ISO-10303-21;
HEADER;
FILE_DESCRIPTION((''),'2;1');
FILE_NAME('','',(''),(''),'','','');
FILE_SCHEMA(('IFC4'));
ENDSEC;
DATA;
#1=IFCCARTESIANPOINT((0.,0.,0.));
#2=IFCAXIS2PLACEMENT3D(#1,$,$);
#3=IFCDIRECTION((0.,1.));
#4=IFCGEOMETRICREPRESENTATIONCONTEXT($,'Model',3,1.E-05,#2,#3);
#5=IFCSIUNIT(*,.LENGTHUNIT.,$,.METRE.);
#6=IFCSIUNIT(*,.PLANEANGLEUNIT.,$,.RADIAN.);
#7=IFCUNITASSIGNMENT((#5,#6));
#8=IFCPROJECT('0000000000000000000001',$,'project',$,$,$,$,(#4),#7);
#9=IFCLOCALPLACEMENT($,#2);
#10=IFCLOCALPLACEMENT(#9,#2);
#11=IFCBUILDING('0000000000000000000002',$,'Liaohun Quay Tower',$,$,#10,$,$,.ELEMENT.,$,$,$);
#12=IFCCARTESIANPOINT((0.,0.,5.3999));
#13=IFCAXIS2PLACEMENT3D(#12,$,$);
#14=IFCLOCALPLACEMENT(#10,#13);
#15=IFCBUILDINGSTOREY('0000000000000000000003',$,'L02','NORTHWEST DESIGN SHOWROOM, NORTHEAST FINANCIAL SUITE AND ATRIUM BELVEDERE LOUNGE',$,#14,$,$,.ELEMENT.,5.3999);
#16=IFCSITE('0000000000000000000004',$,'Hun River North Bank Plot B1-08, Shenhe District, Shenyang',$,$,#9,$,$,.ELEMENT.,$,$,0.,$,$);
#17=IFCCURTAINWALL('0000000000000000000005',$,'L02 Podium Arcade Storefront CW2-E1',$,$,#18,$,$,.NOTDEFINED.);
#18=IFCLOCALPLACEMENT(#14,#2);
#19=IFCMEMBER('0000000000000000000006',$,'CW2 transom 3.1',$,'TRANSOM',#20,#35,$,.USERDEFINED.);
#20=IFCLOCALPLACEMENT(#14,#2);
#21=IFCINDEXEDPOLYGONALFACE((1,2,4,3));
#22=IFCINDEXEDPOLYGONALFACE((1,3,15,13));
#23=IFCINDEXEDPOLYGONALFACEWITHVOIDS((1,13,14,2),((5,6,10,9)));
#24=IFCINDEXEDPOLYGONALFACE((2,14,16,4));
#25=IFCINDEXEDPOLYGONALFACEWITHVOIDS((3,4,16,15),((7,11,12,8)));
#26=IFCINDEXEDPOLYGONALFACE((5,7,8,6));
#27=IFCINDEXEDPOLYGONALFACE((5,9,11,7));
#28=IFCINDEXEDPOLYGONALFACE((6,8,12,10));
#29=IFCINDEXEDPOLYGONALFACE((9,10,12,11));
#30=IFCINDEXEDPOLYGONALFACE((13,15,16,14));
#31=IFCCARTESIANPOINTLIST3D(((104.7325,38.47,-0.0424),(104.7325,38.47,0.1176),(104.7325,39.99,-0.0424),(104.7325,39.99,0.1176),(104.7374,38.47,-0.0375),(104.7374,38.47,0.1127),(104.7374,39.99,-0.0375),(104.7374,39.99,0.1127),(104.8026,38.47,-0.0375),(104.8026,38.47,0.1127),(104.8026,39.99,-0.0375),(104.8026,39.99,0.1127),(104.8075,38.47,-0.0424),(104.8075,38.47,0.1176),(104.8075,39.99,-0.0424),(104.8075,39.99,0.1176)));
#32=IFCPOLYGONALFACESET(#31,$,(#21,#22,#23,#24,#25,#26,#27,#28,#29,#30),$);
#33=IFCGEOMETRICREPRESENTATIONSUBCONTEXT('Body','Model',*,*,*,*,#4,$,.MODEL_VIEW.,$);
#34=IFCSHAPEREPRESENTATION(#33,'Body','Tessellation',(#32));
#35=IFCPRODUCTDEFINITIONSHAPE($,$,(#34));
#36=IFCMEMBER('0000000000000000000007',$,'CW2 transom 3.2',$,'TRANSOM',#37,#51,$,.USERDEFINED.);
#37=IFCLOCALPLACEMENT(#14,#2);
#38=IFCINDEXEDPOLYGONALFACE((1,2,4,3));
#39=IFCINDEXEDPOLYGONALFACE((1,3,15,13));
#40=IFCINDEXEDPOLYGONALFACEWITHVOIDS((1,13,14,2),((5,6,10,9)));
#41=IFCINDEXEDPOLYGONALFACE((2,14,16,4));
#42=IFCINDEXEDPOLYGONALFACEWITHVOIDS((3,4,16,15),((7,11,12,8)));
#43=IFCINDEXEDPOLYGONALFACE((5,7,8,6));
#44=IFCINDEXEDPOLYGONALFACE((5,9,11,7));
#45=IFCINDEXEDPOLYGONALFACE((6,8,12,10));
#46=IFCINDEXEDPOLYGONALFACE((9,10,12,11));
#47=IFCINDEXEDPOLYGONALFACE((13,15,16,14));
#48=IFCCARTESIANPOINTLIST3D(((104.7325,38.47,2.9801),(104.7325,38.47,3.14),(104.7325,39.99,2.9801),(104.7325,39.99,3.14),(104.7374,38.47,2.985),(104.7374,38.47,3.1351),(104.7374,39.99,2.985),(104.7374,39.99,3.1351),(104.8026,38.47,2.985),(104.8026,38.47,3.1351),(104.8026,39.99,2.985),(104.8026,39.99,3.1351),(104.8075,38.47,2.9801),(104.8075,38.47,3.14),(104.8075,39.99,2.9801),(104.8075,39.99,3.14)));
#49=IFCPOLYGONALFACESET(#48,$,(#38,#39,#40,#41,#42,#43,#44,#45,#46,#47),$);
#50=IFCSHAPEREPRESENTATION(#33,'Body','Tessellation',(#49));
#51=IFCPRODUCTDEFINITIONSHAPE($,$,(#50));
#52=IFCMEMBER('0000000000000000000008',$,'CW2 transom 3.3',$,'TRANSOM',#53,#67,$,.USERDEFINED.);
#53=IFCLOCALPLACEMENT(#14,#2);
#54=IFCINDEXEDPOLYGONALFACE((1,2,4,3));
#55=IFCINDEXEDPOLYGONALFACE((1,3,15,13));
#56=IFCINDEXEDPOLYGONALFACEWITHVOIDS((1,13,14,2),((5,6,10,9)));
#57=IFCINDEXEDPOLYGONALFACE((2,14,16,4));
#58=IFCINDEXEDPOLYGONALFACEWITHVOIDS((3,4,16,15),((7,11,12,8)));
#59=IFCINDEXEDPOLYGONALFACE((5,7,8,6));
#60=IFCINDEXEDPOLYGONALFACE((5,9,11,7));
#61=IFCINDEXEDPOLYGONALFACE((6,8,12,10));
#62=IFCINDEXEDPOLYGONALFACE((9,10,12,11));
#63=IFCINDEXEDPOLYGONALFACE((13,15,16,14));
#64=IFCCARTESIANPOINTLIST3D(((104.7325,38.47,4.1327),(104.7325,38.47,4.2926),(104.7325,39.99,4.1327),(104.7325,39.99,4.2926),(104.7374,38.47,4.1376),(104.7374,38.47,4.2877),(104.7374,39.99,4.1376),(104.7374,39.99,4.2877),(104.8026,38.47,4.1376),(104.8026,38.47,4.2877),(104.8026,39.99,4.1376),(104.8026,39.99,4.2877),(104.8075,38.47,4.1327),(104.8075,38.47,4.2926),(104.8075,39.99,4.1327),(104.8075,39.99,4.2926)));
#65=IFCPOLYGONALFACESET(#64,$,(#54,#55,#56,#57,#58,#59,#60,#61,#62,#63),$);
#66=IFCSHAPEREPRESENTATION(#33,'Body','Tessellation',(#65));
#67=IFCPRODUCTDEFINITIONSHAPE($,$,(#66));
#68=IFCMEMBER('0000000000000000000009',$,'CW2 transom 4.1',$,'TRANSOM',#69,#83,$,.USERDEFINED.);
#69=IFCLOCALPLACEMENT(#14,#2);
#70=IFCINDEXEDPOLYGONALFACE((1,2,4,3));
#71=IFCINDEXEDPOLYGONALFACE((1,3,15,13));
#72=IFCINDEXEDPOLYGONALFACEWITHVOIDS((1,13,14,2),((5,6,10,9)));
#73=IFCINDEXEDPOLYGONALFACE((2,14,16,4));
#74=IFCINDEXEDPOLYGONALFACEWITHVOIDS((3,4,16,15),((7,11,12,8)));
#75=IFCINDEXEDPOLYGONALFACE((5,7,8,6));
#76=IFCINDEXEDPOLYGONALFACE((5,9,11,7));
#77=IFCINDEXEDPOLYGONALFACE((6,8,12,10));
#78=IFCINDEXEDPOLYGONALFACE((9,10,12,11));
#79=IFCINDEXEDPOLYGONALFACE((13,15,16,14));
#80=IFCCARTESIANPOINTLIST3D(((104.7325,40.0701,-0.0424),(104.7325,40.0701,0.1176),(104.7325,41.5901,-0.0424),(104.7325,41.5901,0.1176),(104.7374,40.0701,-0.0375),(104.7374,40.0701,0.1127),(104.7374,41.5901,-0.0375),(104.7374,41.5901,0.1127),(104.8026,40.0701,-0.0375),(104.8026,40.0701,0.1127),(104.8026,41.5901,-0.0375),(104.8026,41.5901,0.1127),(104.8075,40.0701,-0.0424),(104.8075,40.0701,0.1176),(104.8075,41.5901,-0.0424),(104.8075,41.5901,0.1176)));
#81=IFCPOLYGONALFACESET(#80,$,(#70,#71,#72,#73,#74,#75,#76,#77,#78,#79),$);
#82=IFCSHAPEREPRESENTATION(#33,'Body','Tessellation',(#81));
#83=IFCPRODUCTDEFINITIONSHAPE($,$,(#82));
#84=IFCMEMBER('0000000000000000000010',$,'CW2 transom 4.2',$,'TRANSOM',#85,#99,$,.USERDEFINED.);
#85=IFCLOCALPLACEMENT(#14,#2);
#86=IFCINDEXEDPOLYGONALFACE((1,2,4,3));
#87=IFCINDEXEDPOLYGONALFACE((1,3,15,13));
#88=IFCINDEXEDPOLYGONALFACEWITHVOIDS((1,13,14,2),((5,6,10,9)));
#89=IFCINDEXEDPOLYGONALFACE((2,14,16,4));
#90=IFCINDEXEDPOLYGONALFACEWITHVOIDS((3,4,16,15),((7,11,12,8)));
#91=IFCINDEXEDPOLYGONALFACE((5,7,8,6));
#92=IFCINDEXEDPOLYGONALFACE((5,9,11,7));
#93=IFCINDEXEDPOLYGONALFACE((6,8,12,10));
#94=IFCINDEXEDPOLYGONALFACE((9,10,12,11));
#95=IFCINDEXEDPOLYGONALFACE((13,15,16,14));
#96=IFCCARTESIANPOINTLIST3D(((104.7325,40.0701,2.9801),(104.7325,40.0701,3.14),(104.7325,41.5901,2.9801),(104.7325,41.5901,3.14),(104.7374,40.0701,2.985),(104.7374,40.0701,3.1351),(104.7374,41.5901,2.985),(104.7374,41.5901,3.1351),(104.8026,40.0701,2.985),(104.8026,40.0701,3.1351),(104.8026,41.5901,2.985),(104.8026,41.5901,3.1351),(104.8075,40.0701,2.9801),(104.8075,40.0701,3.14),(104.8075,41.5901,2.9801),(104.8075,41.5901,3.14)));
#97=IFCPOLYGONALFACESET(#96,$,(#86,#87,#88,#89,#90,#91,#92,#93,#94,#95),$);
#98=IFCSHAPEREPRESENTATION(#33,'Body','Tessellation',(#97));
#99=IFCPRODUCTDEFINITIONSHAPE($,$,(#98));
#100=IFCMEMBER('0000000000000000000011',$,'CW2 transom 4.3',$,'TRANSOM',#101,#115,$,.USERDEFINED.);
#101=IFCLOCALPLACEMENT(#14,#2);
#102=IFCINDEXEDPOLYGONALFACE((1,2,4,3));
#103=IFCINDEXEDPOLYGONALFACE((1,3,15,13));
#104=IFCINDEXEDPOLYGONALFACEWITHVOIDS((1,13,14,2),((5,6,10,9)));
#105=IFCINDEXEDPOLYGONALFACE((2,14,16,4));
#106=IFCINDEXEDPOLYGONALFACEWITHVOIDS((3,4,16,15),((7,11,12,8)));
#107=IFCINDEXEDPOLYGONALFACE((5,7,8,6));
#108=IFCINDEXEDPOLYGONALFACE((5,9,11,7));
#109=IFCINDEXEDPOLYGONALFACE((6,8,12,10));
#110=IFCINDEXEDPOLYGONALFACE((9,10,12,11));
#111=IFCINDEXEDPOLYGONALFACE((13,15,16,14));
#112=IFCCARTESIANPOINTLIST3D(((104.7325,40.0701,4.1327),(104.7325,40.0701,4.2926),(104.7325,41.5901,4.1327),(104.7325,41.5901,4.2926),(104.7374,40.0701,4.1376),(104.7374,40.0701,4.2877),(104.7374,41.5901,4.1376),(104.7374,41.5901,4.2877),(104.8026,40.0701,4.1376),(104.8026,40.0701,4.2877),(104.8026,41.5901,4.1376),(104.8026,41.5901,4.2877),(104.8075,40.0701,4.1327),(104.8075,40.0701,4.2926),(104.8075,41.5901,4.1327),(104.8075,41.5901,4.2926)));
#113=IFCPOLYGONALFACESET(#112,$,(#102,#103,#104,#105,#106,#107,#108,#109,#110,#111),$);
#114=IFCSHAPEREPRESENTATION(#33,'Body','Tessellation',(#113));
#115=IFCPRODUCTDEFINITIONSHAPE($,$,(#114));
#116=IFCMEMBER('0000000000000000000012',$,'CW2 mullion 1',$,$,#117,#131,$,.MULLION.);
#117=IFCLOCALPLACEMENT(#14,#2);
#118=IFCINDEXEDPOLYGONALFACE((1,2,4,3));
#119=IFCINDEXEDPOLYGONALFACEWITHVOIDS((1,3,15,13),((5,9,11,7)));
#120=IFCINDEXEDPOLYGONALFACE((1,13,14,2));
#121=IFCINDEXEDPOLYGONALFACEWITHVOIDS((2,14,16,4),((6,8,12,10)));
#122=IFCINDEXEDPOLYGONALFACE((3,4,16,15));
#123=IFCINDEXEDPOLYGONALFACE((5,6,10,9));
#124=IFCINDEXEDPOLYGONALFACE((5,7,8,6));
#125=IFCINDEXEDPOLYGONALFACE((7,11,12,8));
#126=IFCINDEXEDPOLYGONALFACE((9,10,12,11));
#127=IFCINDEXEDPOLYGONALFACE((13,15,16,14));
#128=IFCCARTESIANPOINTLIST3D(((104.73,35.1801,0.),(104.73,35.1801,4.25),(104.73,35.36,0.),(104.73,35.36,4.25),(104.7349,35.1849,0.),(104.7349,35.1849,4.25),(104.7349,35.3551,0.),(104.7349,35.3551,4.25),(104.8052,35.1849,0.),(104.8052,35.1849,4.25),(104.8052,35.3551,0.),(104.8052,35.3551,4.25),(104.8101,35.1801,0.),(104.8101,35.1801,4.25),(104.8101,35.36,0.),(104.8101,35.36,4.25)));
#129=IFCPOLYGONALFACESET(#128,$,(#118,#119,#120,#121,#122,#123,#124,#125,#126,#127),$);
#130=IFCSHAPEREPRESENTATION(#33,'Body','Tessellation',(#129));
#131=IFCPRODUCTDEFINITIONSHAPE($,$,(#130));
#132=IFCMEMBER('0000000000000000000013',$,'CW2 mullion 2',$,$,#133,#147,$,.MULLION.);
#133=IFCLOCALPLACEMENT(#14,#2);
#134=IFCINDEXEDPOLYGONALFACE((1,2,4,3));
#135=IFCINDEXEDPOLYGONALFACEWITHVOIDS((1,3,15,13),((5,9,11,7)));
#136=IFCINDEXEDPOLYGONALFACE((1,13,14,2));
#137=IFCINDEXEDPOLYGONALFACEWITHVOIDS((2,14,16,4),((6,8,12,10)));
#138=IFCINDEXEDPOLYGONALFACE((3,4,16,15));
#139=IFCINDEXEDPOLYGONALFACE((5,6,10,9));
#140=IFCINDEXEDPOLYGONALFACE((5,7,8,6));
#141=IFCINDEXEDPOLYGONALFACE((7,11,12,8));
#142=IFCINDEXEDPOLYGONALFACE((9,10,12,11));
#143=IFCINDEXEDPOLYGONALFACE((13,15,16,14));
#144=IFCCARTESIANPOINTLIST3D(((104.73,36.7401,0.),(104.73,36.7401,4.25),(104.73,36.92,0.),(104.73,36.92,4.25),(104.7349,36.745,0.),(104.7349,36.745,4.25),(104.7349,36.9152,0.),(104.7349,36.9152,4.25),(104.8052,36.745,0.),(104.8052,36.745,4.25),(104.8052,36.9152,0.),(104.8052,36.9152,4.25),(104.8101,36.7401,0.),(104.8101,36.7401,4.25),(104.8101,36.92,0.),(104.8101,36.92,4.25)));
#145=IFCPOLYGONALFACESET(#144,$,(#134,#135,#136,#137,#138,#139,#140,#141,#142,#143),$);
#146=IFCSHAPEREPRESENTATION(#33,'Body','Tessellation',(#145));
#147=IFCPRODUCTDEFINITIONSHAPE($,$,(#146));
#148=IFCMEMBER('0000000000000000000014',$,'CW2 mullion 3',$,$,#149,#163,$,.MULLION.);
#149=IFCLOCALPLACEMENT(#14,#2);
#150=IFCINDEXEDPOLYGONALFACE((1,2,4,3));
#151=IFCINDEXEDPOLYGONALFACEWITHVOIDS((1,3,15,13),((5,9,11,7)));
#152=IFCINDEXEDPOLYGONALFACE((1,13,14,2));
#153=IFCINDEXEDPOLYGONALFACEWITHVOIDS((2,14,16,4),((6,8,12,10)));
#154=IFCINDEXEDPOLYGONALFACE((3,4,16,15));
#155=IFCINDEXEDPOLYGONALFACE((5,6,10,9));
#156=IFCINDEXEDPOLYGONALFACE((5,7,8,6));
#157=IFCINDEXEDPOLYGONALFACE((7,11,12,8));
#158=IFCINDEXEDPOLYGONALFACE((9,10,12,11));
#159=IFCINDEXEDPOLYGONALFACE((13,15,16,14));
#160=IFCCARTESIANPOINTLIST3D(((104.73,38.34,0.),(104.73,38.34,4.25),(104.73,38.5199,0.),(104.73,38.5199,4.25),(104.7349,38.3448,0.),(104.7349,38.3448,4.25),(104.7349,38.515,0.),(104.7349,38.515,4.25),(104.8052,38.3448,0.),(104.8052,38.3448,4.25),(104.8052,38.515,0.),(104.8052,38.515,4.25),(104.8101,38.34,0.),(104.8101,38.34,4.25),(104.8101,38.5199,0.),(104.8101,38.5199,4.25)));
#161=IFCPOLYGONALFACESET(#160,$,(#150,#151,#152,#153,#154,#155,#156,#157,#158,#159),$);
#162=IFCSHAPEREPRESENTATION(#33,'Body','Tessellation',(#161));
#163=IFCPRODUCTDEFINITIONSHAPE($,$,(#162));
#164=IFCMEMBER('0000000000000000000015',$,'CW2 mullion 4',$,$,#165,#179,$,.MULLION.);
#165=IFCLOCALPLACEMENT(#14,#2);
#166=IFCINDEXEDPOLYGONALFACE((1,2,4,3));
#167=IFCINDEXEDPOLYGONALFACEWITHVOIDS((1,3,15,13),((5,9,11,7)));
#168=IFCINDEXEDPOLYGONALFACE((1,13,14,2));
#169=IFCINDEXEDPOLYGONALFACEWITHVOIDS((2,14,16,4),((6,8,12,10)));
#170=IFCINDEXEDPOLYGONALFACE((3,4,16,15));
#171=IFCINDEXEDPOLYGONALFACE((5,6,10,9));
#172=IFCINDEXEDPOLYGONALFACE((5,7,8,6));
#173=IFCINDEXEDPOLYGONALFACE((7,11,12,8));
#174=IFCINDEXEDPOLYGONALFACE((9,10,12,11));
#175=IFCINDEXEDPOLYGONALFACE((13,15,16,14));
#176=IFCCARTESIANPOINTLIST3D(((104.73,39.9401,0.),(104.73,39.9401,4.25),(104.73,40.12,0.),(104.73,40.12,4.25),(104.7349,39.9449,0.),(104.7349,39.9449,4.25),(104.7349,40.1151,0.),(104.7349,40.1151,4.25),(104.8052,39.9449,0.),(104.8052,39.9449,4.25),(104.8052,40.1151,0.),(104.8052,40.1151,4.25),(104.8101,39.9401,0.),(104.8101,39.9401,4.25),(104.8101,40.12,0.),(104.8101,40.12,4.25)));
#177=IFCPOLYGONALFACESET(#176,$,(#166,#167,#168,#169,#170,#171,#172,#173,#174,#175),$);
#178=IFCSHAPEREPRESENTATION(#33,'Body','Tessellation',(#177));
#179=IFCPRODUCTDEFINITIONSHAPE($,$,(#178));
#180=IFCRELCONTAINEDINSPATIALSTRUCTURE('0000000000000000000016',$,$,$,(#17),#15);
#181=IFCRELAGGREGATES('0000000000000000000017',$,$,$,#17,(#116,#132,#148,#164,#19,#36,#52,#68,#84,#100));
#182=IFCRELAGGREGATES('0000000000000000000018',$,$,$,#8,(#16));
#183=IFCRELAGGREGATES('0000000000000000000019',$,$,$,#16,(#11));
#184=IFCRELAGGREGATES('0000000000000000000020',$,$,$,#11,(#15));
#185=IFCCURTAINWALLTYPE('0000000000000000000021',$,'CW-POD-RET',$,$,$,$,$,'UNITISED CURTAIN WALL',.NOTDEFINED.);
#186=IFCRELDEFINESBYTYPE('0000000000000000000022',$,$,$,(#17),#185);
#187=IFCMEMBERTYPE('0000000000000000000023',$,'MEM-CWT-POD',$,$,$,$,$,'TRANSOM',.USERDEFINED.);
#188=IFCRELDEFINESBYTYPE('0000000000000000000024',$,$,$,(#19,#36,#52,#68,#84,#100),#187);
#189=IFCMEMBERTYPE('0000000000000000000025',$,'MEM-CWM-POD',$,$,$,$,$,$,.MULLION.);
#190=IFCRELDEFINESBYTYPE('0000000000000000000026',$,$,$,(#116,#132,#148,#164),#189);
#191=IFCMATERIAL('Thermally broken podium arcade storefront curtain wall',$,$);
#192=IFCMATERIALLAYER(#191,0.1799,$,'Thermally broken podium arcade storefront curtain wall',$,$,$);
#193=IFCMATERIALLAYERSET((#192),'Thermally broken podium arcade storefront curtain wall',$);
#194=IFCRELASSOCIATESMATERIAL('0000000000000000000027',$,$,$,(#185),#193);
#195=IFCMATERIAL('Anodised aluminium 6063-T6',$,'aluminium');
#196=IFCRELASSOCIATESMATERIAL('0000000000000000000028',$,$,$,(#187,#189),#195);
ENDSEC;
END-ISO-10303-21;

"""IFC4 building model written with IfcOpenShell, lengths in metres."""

from ifc_helpers import new_model, si_unit, direction, frame, origin, origin_2d, place, context, subcontext, project, spatial, hollow_rectangle, extrude, source, transform, mapped, material, layer, layer_set, material_profile, profile_set, type_object, element, aggregate, save


model = new_model("IFC4")

# Units and contexts
model_context = context("Model", 3, precision=1e-05, world=origin(), true_north=direction((0.0, 1.0)))
body_context = subcontext(model_context, "Body", "Model", "MODEL_VIEW")
ifc_project = project(units=[si_unit("LENGTHUNIT", "METRE"), si_unit("PLANEANGLEUNIT", "RADIAN")], contexts=[model_context])

# Site, building, storey
site_placement = place(None, origin())
site = spatial("IfcSite", under=ifc_project, at=site_placement, Name="Hun River North Bank Plot B1-08, Shenhe District, Shenyang", CompositionType="ELEMENT", RefElevation=0.0)
building_placement = place(site_placement, origin())
building = spatial("IfcBuilding", under=site, at=building_placement, Name="Liaohun Quay Tower", CompositionType="ELEMENT")
storey_placement = place(building_placement, frame((0.0, 0.0, 5.3999)))
storey = spatial("IfcBuildingStorey", under=building, at=storey_placement, Name="L02", Description="NORTHWEST DESIGN SHOWROOM, NORTHEAST FINANCIAL SUITE AND ATRIUM BELVEDERE LOUNGE", CompositionType="ELEMENT", Elevation=5.3999)

# Curtain wall, members
ifc_material_1 = material(Name="Thermally broken podium arcade storefront curtain wall")
ifc_layer_1 = layer(ifc_material_1, 0.1799, Name="Thermally broken podium arcade storefront curtain wall")
ifc_layer_set_1 = layer_set([ifc_layer_1], Name="Thermally broken podium arcade storefront curtain wall")
curtain_wall_type = type_object("IfcCurtainWallType", Name="CW-POD-RET", ElementType="UNITISED CURTAIN WALL", PredefinedType="NOTDEFINED", material=ifc_layer_set_1)
curtain_wall_placement = place(storey_placement, origin())
curtain_wall = element("IfcCurtainWall", 1, at=curtain_wall_placement, inside=storey, type_object=curtain_wall_type, Name="L02 Podium Arcade Storefront CW2-E1", PredefinedType="NOTDEFINED")
ifc_material_2 = material(Name="Anodised aluminium 6063-T6", Category="aluminium")
ifc_material_profile_1 = material_profile(ifc_material_2, hollow_rectangle(XDim=0.075, YDim=0.1599, WallThickness=0.0049, at=origin_2d()), Name="RHS160x75x5")
ifc_profile_set_1 = profile_set([ifc_material_profile_1], Name="Anodised aluminium 6063-T6")
member_type_1 = type_object("IfcMemberType", Name="MEM-CWT-POD", ElementType="TRANSOM", PredefinedType="USERDEFINED", material=ifc_profile_set_1)
shared_shape_1 = source(origin(), body_context, "Body", "SweptSolid", [
    extrude(hollow_rectangle(XDim=0.075, YDim=0.1599, WallThickness=0.0049, at=origin_2d()), origin(), (0.0, 0.0, 1.0), 1.52),
])
member_1_placement = place(storey_placement, frame((104.77, 38.47, 0.0376), z_axis=(0.0, 1.0, 0.0), x_axis=(-1.0, 0.0, 0.0)))
member_1 = element("IfcMember", 2, at=member_1_placement, type_object=member_type_1, Name="CW2 transom 3.1", ObjectType="TRANSOM", PredefinedType="USERDEFINED", context=body_context, shape_type="MappedRepresentation", body=[
    mapped(shared_shape_1, transform((0.0, 0.0, 0.0), x_axis=(1.0, 0.0, 0.0), y_axis=(0.0, 1.0, 0.0), z_axis=(0.0, 0.0, 1.0), scale=1.0)),
])
member_2_placement = place(storey_placement, frame((104.77, 38.47, 3.0601), z_axis=(0.0, 1.0, 0.0), x_axis=(-1.0, 0.0, 0.0)))
member_2 = element("IfcMember", 3, at=member_2_placement, type_object=member_type_1, Name="CW2 transom 3.2", ObjectType="TRANSOM", PredefinedType="USERDEFINED", context=body_context, shape_type="MappedRepresentation", body=[
    mapped(shared_shape_1, transform((0.0, 0.0, 0.0), x_axis=(1.0, 0.0, 0.0), y_axis=(0.0, 1.0, 0.0), z_axis=(0.0, 0.0, 1.0), scale=1.0)),
])
member_3_placement = place(storey_placement, frame((104.77, 38.47, 4.2126), z_axis=(0.0, 1.0, 0.0), x_axis=(-1.0, 0.0, 0.0)))
member_3 = element("IfcMember", 4, at=member_3_placement, type_object=member_type_1, Name="CW2 transom 3.3", ObjectType="TRANSOM", PredefinedType="USERDEFINED", context=body_context, shape_type="MappedRepresentation", body=[
    mapped(shared_shape_1, transform((0.0, 0.0, 0.0), x_axis=(1.0, 0.0, 0.0), y_axis=(0.0, 1.0, 0.0), z_axis=(0.0, 0.0, 1.0), scale=1.0)),
])
member_4_placement = place(storey_placement, frame((104.77, 40.0701, 0.0376), z_axis=(0.0, 1.0, 0.0), x_axis=(-1.0, 0.0, 0.0)))
member_4 = element("IfcMember", 5, at=member_4_placement, type_object=member_type_1, Name="CW2 transom 4.1", ObjectType="TRANSOM", PredefinedType="USERDEFINED", context=body_context, shape_type="MappedRepresentation", body=[
    mapped(shared_shape_1, transform((0.0, 0.0, 0.0), x_axis=(1.0, 0.0, 0.0), y_axis=(0.0, 1.0, 0.0), z_axis=(0.0, 0.0, 1.0), scale=1.0)),
])
member_5_placement = place(storey_placement, frame((104.77, 40.0701, 3.0601), z_axis=(0.0, 1.0, 0.0), x_axis=(-1.0, 0.0, 0.0)))
member_5 = element("IfcMember", 6, at=member_5_placement, type_object=member_type_1, Name="CW2 transom 4.2", ObjectType="TRANSOM", PredefinedType="USERDEFINED", context=body_context, shape_type="MappedRepresentation", body=[
    mapped(shared_shape_1, transform((0.0, 0.0, 0.0), x_axis=(1.0, 0.0, 0.0), y_axis=(0.0, 1.0, 0.0), z_axis=(0.0, 0.0, 1.0), scale=1.0)),
])
member_6_placement = place(storey_placement, frame((104.77, 40.0701, 4.2126), z_axis=(0.0, 1.0, 0.0), x_axis=(-1.0, 0.0, 0.0)))
member_6 = element("IfcMember", 7, at=member_6_placement, type_object=member_type_1, Name="CW2 transom 4.3", ObjectType="TRANSOM", PredefinedType="USERDEFINED", context=body_context, shape_type="MappedRepresentation", body=[
    mapped(shared_shape_1, transform((0.0, 0.0, 0.0), x_axis=(1.0, 0.0, 0.0), y_axis=(0.0, 1.0, 0.0), z_axis=(0.0, 0.0, 1.0), scale=1.0)),
])
ifc_material_profile_2 = material_profile(ifc_material_2, hollow_rectangle(XDim=0.0801, YDim=0.1799, WallThickness=0.0049, at=origin_2d()), Name="RHS180x80x5")
ifc_profile_set_2 = profile_set([ifc_material_profile_2], Name="Anodised aluminium 6063-T6")
member_type_2 = type_object("IfcMemberType", Name="MEM-CWM-POD", PredefinedType="MULLION", material=ifc_profile_set_2)
shared_shape_2 = source(origin(), body_context, "Body", "SweptSolid", [
    extrude(hollow_rectangle(XDim=0.0801, YDim=0.1799, WallThickness=0.0049, at=origin_2d()), origin(), (0.0, 0.0, 1.0), 4.25),
])
member_7_placement = place(storey_placement, frame((104.77, 35.27, 0.0), z_axis=(0.0, 0.0, 1.0), x_axis=(-1.0, 0.0, 0.0)))
member_7 = element("IfcMember", 8, at=member_7_placement, type_object=member_type_2, Name="CW2 mullion 1", PredefinedType="MULLION", context=body_context, shape_type="MappedRepresentation", body=[
    mapped(shared_shape_2, transform((0.0, 0.0, 0.0), x_axis=(1.0, 0.0, 0.0), y_axis=(0.0, 1.0, 0.0), z_axis=(0.0, 0.0, 1.0), scale=1.0)),
])
member_8_placement = place(storey_placement, frame((104.77, 36.8301, 0.0), z_axis=(0.0, 0.0, 1.0), x_axis=(-1.0, 0.0, 0.0)))
member_8 = element("IfcMember", 9, at=member_8_placement, type_object=member_type_2, Name="CW2 mullion 2", PredefinedType="MULLION", context=body_context, shape_type="MappedRepresentation", body=[
    mapped(shared_shape_2, transform((0.0, 0.0, 0.0), x_axis=(1.0, 0.0, 0.0), y_axis=(0.0, 1.0, 0.0), z_axis=(0.0, 0.0, 1.0), scale=1.0)),
])
member_9_placement = place(storey_placement, frame((104.77, 38.4299, 0.0), z_axis=(0.0, 0.0, 1.0), x_axis=(-1.0, 0.0, 0.0)))
member_9 = element("IfcMember", 10, at=member_9_placement, type_object=member_type_2, Name="CW2 mullion 3", PredefinedType="MULLION", context=body_context, shape_type="MappedRepresentation", body=[
    mapped(shared_shape_2, transform((0.0, 0.0, 0.0), x_axis=(1.0, 0.0, 0.0), y_axis=(0.0, 1.0, 0.0), z_axis=(0.0, 0.0, 1.0), scale=1.0)),
])
member_10_placement = place(storey_placement, frame((104.77, 40.03, 0.0), z_axis=(0.0, 0.0, 1.0), x_axis=(-1.0, 0.0, 0.0)))
member_10 = element("IfcMember", 11, at=member_10_placement, type_object=member_type_2, Name="CW2 mullion 4", PredefinedType="MULLION", context=body_context, shape_type="MappedRepresentation", body=[
    mapped(shared_shape_2, transform((0.0, 0.0, 0.0), x_axis=(1.0, 0.0, 0.0), y_axis=(0.0, 1.0, 0.0), z_axis=(0.0, 0.0, 1.0), scale=1.0)),
])
aggregate(curtain_wall, [member_7, member_8, member_9, member_10, member_1, member_2, member_3, member_4, member_5, member_6])

save(model, "model.ifc")
